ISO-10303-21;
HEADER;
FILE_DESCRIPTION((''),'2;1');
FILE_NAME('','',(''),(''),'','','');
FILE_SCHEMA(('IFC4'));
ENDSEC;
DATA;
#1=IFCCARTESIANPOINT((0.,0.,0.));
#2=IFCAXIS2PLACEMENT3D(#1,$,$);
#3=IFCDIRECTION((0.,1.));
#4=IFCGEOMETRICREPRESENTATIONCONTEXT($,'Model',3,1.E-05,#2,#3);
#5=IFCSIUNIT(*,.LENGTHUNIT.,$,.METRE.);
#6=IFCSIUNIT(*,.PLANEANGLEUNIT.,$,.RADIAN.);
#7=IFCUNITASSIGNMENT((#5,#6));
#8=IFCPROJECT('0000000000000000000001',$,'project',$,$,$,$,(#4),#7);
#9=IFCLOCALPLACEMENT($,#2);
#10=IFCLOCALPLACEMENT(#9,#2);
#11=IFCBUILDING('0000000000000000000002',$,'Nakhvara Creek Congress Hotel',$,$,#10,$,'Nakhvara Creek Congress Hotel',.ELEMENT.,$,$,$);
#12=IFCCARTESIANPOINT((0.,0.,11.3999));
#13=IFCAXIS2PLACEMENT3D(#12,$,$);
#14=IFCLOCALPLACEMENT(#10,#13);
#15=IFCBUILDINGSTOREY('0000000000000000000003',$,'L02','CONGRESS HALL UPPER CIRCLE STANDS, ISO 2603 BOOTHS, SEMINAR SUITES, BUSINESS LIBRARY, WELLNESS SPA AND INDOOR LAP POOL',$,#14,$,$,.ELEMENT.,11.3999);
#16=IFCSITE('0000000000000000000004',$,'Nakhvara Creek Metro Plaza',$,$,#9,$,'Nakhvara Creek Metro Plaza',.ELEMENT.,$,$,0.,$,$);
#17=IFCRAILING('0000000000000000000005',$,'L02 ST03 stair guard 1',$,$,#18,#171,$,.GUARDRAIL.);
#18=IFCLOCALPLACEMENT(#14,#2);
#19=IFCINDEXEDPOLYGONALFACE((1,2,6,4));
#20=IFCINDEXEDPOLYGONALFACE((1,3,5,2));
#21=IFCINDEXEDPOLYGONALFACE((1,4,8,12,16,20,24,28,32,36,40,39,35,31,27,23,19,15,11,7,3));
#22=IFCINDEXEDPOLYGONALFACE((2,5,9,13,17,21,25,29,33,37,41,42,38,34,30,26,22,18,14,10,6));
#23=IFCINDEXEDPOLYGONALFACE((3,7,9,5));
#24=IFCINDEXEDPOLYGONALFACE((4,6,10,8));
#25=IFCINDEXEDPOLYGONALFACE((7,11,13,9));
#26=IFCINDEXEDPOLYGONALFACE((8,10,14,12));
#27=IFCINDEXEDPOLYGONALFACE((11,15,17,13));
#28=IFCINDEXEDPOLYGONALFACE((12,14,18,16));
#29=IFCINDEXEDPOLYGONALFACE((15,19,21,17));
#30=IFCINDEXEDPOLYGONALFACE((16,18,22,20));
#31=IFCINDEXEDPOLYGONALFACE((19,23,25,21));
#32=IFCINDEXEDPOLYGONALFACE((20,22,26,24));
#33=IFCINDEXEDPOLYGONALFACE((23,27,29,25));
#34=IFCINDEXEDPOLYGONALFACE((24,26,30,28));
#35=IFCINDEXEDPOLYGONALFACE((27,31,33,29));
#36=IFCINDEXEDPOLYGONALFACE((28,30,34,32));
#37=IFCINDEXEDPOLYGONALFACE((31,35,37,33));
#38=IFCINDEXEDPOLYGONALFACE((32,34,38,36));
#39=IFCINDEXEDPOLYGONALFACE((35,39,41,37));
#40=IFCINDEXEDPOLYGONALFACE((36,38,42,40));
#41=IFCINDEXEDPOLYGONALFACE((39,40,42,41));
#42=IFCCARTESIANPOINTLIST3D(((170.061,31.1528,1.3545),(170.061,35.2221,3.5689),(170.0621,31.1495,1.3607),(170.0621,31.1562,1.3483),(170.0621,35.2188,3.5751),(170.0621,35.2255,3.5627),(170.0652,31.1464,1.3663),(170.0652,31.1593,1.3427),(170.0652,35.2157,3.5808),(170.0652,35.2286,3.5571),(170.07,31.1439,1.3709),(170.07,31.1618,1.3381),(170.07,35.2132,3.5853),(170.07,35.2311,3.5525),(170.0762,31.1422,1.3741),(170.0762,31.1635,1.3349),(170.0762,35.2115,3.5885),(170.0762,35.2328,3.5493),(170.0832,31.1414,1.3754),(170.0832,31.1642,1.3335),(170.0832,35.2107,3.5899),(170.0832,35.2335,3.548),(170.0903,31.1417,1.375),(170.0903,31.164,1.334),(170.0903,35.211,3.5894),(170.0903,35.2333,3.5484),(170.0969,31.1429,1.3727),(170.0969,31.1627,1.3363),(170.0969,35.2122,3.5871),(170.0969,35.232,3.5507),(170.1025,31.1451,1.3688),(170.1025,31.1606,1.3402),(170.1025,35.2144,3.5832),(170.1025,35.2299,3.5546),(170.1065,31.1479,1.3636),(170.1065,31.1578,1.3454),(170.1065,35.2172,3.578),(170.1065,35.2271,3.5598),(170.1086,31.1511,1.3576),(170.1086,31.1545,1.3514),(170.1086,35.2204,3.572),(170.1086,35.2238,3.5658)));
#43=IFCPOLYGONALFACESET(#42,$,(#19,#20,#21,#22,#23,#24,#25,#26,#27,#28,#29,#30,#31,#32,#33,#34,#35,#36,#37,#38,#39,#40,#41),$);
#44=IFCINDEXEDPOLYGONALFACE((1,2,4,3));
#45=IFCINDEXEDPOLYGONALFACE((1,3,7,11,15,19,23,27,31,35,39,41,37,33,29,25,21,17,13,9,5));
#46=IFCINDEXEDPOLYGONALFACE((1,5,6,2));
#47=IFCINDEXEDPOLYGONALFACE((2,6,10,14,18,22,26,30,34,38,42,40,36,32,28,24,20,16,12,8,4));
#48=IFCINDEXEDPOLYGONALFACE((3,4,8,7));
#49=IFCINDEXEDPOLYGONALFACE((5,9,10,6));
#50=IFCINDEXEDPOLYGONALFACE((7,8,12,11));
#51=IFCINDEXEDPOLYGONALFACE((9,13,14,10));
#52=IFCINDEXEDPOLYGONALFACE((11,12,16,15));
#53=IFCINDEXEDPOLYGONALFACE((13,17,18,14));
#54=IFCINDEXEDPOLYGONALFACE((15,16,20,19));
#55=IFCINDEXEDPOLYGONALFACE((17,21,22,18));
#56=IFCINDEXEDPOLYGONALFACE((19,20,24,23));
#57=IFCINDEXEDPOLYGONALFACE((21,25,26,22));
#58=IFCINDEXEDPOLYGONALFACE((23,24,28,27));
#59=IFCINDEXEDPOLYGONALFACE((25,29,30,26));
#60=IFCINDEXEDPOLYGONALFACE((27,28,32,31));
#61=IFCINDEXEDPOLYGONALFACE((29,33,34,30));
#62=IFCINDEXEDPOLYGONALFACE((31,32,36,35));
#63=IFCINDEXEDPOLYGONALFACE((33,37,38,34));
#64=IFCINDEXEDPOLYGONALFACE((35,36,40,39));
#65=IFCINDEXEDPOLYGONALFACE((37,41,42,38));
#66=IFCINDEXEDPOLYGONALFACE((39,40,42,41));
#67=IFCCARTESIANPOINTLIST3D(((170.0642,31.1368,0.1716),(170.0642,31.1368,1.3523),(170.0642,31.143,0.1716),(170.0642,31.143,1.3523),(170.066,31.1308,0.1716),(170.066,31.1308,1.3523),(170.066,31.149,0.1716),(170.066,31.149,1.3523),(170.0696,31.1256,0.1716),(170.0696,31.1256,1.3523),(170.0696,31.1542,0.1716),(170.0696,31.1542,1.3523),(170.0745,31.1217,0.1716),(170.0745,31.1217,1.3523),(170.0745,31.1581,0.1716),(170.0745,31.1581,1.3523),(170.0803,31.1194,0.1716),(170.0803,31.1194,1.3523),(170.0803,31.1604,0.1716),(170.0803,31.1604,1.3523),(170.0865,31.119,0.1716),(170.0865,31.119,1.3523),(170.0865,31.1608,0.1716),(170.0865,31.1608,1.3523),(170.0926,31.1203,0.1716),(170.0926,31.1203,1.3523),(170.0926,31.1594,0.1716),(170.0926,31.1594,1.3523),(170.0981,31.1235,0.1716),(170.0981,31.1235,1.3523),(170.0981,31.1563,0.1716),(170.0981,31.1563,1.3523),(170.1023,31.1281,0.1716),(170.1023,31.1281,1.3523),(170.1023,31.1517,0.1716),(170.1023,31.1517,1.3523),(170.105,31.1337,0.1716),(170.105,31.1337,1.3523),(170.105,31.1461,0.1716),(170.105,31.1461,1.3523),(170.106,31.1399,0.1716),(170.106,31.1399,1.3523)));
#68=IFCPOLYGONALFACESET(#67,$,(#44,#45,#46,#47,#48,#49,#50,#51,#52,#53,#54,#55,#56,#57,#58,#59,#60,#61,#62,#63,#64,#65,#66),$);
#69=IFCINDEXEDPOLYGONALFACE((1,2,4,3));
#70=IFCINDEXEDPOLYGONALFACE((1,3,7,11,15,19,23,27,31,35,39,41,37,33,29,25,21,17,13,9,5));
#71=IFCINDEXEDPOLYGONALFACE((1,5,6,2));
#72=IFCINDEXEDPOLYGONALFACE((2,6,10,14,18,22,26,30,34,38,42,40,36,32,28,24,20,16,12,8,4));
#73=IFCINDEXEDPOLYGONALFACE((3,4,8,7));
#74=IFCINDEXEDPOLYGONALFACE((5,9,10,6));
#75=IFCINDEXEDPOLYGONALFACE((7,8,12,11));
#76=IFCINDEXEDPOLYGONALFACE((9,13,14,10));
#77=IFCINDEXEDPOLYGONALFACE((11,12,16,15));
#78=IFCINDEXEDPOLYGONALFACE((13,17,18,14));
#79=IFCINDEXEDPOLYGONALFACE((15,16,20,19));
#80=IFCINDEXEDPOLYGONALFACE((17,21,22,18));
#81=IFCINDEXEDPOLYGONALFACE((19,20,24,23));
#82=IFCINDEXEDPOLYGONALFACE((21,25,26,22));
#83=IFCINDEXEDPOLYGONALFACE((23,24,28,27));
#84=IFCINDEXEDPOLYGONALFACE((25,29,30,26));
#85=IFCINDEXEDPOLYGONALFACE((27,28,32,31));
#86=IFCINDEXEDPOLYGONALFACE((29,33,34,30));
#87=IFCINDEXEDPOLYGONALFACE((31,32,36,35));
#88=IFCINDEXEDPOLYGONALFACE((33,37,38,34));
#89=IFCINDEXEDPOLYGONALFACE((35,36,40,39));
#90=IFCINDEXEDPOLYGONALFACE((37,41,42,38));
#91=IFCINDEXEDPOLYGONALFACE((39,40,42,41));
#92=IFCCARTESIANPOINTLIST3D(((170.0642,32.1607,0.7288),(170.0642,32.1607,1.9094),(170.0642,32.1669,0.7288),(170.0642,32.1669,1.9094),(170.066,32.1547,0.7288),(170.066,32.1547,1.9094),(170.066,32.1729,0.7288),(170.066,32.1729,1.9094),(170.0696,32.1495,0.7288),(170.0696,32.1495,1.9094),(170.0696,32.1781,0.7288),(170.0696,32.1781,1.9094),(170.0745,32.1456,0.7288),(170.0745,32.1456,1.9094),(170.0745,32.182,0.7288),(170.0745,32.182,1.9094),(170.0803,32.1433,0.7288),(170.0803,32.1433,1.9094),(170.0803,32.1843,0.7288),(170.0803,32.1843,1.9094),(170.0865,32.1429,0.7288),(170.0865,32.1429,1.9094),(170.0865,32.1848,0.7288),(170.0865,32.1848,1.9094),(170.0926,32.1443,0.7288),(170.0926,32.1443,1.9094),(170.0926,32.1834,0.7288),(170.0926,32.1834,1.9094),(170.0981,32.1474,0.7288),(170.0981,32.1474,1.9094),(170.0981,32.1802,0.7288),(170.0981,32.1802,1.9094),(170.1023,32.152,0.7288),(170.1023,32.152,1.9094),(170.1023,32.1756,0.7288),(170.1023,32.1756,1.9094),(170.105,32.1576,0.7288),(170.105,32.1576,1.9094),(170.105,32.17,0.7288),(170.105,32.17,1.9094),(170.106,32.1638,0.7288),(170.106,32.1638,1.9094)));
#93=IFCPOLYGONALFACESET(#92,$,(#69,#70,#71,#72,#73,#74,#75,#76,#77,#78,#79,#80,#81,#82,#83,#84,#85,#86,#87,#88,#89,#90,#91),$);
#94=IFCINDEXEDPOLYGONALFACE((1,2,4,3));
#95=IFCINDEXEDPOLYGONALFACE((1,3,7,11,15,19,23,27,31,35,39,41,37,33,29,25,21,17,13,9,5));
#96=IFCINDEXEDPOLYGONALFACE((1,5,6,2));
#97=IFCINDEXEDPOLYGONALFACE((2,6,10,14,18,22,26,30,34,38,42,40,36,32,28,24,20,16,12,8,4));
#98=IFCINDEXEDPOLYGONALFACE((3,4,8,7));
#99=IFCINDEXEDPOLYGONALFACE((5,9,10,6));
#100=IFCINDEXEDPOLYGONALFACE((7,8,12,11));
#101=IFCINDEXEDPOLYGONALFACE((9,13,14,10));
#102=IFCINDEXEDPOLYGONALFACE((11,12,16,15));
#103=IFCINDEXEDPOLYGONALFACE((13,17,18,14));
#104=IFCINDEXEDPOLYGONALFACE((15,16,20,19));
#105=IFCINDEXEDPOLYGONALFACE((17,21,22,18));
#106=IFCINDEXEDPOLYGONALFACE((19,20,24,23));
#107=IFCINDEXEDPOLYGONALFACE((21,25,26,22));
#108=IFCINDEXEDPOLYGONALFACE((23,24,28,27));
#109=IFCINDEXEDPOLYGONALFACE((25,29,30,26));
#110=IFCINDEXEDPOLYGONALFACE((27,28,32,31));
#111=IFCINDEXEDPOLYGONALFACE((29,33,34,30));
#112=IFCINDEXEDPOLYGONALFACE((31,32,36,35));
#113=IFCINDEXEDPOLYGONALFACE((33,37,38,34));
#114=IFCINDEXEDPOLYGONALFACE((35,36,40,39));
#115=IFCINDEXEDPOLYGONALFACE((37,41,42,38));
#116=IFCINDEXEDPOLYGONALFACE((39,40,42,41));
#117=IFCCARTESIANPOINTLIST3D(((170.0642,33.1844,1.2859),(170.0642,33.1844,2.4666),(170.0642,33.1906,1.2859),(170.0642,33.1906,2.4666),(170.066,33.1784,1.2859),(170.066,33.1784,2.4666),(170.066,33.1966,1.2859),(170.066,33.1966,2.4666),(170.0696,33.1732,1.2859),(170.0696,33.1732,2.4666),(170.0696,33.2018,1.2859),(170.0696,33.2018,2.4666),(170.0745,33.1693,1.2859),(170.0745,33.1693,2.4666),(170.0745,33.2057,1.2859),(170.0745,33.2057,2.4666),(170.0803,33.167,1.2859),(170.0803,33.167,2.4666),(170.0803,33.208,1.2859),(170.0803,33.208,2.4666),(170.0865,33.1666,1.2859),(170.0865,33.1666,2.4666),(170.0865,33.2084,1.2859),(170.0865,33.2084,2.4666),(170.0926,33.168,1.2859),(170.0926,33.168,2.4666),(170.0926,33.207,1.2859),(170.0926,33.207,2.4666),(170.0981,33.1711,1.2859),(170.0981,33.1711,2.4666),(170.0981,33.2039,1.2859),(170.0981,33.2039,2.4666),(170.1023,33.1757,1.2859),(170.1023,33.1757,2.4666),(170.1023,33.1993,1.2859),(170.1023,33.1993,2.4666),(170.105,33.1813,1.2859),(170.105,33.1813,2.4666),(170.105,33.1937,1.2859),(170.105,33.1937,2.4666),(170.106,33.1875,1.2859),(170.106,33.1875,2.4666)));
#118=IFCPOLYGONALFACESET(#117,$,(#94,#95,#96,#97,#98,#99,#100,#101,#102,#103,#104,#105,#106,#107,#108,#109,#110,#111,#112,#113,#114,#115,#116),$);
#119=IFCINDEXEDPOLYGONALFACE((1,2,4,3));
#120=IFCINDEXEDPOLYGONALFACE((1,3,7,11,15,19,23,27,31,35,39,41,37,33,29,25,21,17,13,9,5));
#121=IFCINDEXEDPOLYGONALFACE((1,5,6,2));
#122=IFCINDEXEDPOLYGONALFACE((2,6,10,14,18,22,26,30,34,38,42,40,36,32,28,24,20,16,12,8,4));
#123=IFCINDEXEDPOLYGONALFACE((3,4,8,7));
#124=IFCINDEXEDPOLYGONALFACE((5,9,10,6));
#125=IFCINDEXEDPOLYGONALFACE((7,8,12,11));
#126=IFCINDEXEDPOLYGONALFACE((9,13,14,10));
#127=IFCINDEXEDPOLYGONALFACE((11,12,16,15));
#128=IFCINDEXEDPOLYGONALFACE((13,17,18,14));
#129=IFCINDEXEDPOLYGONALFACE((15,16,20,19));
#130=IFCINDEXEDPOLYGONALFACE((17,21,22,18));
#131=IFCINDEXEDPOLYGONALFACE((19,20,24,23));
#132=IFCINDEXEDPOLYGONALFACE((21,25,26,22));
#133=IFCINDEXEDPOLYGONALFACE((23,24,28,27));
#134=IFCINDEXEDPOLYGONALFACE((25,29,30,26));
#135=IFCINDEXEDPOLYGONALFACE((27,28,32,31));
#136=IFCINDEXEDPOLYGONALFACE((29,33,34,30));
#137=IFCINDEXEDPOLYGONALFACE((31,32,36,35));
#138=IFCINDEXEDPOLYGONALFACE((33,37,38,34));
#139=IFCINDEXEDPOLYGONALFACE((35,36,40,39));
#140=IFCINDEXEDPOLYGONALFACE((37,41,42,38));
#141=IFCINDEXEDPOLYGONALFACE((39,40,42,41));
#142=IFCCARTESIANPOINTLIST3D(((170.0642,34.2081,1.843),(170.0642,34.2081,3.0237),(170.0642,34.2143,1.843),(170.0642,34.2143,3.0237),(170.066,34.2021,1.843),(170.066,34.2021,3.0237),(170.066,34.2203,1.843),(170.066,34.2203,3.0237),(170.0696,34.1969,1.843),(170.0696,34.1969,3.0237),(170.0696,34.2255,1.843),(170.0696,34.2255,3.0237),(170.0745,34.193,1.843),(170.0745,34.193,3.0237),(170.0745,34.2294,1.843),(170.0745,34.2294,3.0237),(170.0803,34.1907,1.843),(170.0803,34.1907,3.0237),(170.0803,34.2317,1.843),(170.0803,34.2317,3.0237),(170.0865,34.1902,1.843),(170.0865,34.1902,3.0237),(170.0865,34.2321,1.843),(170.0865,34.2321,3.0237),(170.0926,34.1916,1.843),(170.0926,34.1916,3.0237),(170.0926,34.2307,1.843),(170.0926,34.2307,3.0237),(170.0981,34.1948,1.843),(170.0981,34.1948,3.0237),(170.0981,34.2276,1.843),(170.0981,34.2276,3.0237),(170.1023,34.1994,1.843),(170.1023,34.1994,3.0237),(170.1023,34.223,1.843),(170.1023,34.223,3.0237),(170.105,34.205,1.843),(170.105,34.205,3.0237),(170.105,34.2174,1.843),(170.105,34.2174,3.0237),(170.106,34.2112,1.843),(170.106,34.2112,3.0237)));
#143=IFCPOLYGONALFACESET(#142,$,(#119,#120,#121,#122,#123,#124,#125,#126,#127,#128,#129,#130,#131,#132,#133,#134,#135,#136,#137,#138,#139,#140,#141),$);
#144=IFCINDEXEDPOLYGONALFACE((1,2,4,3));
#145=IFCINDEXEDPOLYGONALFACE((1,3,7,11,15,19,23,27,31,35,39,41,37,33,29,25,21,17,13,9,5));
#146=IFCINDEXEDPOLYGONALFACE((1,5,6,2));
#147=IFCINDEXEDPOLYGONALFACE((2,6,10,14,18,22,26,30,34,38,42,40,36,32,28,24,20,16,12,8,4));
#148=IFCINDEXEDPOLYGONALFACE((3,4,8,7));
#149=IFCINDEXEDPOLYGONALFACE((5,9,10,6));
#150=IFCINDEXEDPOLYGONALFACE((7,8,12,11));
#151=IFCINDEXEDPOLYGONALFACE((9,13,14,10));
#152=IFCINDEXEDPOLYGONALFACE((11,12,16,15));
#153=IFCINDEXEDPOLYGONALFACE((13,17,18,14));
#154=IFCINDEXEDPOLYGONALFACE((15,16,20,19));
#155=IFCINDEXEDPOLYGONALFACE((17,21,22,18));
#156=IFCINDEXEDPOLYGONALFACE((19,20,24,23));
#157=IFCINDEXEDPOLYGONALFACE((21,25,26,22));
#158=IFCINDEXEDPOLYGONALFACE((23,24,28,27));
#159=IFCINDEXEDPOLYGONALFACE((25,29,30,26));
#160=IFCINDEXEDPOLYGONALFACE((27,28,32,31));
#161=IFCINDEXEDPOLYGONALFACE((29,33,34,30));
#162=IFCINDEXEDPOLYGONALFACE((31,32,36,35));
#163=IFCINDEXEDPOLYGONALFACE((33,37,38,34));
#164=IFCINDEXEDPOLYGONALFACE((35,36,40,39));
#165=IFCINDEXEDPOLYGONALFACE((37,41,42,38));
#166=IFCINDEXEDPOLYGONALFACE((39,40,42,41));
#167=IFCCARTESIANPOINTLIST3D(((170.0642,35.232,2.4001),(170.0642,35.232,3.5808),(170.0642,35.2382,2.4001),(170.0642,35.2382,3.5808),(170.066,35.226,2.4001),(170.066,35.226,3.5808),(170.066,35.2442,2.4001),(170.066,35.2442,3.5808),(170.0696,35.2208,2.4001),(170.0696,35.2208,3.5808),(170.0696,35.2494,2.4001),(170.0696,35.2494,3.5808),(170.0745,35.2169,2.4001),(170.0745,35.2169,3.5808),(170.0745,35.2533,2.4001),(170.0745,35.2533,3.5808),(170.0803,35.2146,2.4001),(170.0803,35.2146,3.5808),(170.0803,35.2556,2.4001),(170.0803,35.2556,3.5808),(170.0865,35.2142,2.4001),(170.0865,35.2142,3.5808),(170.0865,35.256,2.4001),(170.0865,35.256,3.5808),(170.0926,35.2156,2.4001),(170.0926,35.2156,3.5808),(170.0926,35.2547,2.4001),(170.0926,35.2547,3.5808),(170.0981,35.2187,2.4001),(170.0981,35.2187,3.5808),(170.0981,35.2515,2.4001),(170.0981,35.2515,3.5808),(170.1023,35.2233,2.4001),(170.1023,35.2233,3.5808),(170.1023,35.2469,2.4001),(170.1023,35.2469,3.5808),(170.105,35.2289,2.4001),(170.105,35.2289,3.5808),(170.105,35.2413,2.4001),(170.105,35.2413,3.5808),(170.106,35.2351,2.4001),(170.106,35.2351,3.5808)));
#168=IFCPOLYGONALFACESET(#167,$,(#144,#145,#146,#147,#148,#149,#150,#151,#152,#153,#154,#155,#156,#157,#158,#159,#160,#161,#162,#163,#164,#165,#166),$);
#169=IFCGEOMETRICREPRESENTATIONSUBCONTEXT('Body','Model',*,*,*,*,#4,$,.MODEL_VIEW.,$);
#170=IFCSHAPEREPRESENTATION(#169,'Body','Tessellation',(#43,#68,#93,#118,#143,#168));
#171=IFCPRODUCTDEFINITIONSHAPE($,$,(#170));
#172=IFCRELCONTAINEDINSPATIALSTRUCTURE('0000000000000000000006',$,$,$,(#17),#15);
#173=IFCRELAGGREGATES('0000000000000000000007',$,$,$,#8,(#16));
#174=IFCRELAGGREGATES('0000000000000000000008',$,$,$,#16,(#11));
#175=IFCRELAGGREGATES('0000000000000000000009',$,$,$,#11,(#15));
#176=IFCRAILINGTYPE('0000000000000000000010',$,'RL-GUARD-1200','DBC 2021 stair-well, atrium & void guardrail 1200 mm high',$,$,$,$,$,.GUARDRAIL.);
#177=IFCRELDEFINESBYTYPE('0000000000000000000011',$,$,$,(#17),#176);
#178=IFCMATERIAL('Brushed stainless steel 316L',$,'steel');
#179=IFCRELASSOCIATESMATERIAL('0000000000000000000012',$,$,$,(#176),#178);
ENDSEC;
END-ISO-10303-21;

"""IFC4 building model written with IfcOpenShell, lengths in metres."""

from ifc_helpers import new_model, si_unit, direction, frame, origin, origin_2d, place, context, subcontext, project, spatial, circle, extrude, material, type_object, element, save


model = new_model("IFC4")

# Units and contexts
model_context = context("Model", 3, precision=1e-05, world=origin(), true_north=direction((0.0, 1.0)))
body_context = subcontext(model_context, "Body", "Model", "MODEL_VIEW")
ifc_project = project(units=[si_unit("LENGTHUNIT", "METRE"), si_unit("PLANEANGLEUNIT", "RADIAN")], contexts=[model_context])

# Site, building, storey
site_placement = place(None, origin())
site = spatial("IfcSite", under=ifc_project, at=site_placement, Name="Nakhvara Creek Metro Plaza", LongName="Nakhvara Creek Metro Plaza", CompositionType="ELEMENT", RefElevation=0.0)
building_placement = place(site_placement, origin())
building = spatial("IfcBuilding", under=site, at=building_placement, Name="Nakhvara Creek Congress Hotel", LongName="Nakhvara Creek Congress Hotel", CompositionType="ELEMENT")
storey_placement = place(building_placement, frame((0.0, 0.0, 11.3999)))
storey = spatial("IfcBuildingStorey", under=building, at=storey_placement, Name="L02", Description="CONGRESS HALL UPPER CIRCLE STANDS, ISO 2603 BOOTHS, SEMINAR SUITES, BUSINESS LIBRARY, WELLNESS SPA AND INDOOR LAP POOL", CompositionType="ELEMENT", Elevation=11.3999)

# Railing
ifc_material_1 = material(Name="Brushed stainless steel 316L", Category="steel")
railing_type_1 = type_object("IfcRailingType", Name="RL-GUARD-1200", Description="DBC 2021 stair-well, atrium & void guardrail 1200 mm high", PredefinedType="GUARDRAIL", material=ifc_material_1)
railing_1_placement = place(storey_placement, frame((170.085, 31.1399, 0.1716)))
element("IfcRailing", 1, at=railing_1_placement, inside=storey, type_object=railing_type_1, Name="L02 ST03 stair guard 1", PredefinedType="GUARDRAIL", context=body_context, shape_type="SweptSolid", body=[
    extrude(circle(Radius=0.0239, at=origin_2d()), frame((0.0, 0.0129, 1.1829), z_axis=(0.0, 0.878367, 0.477986), x_axis=(-1.0, 0.0, 0.0)), (0.0, 0.0, 1.0), 4.6328),
    extrude(circle(Radius=0.021, at=origin_2d()), origin(), (0.0, 0.0, 1.0), 1.1807),
    extrude(circle(Radius=0.021, at=origin_2d()), frame((0.0, 1.0239, 0.5571)), (0.0, 0.0, 1.0), 1.1807),
    extrude(circle(Radius=0.021, at=origin_2d()), frame((0.0, 2.0476, 1.1143)), (0.0, 0.0, 1.0), 1.1807),
    extrude(circle(Radius=0.021, at=origin_2d()), frame((0.0, 3.0713, 1.6714)), (0.0, 0.0, 1.0), 1.1807),
    extrude(circle(Radius=0.021, at=origin_2d()), frame((0.0, 4.0952, 2.2285)), (0.0, 0.0, 1.0), 1.1807),
])

save(model, "model.ifc")
